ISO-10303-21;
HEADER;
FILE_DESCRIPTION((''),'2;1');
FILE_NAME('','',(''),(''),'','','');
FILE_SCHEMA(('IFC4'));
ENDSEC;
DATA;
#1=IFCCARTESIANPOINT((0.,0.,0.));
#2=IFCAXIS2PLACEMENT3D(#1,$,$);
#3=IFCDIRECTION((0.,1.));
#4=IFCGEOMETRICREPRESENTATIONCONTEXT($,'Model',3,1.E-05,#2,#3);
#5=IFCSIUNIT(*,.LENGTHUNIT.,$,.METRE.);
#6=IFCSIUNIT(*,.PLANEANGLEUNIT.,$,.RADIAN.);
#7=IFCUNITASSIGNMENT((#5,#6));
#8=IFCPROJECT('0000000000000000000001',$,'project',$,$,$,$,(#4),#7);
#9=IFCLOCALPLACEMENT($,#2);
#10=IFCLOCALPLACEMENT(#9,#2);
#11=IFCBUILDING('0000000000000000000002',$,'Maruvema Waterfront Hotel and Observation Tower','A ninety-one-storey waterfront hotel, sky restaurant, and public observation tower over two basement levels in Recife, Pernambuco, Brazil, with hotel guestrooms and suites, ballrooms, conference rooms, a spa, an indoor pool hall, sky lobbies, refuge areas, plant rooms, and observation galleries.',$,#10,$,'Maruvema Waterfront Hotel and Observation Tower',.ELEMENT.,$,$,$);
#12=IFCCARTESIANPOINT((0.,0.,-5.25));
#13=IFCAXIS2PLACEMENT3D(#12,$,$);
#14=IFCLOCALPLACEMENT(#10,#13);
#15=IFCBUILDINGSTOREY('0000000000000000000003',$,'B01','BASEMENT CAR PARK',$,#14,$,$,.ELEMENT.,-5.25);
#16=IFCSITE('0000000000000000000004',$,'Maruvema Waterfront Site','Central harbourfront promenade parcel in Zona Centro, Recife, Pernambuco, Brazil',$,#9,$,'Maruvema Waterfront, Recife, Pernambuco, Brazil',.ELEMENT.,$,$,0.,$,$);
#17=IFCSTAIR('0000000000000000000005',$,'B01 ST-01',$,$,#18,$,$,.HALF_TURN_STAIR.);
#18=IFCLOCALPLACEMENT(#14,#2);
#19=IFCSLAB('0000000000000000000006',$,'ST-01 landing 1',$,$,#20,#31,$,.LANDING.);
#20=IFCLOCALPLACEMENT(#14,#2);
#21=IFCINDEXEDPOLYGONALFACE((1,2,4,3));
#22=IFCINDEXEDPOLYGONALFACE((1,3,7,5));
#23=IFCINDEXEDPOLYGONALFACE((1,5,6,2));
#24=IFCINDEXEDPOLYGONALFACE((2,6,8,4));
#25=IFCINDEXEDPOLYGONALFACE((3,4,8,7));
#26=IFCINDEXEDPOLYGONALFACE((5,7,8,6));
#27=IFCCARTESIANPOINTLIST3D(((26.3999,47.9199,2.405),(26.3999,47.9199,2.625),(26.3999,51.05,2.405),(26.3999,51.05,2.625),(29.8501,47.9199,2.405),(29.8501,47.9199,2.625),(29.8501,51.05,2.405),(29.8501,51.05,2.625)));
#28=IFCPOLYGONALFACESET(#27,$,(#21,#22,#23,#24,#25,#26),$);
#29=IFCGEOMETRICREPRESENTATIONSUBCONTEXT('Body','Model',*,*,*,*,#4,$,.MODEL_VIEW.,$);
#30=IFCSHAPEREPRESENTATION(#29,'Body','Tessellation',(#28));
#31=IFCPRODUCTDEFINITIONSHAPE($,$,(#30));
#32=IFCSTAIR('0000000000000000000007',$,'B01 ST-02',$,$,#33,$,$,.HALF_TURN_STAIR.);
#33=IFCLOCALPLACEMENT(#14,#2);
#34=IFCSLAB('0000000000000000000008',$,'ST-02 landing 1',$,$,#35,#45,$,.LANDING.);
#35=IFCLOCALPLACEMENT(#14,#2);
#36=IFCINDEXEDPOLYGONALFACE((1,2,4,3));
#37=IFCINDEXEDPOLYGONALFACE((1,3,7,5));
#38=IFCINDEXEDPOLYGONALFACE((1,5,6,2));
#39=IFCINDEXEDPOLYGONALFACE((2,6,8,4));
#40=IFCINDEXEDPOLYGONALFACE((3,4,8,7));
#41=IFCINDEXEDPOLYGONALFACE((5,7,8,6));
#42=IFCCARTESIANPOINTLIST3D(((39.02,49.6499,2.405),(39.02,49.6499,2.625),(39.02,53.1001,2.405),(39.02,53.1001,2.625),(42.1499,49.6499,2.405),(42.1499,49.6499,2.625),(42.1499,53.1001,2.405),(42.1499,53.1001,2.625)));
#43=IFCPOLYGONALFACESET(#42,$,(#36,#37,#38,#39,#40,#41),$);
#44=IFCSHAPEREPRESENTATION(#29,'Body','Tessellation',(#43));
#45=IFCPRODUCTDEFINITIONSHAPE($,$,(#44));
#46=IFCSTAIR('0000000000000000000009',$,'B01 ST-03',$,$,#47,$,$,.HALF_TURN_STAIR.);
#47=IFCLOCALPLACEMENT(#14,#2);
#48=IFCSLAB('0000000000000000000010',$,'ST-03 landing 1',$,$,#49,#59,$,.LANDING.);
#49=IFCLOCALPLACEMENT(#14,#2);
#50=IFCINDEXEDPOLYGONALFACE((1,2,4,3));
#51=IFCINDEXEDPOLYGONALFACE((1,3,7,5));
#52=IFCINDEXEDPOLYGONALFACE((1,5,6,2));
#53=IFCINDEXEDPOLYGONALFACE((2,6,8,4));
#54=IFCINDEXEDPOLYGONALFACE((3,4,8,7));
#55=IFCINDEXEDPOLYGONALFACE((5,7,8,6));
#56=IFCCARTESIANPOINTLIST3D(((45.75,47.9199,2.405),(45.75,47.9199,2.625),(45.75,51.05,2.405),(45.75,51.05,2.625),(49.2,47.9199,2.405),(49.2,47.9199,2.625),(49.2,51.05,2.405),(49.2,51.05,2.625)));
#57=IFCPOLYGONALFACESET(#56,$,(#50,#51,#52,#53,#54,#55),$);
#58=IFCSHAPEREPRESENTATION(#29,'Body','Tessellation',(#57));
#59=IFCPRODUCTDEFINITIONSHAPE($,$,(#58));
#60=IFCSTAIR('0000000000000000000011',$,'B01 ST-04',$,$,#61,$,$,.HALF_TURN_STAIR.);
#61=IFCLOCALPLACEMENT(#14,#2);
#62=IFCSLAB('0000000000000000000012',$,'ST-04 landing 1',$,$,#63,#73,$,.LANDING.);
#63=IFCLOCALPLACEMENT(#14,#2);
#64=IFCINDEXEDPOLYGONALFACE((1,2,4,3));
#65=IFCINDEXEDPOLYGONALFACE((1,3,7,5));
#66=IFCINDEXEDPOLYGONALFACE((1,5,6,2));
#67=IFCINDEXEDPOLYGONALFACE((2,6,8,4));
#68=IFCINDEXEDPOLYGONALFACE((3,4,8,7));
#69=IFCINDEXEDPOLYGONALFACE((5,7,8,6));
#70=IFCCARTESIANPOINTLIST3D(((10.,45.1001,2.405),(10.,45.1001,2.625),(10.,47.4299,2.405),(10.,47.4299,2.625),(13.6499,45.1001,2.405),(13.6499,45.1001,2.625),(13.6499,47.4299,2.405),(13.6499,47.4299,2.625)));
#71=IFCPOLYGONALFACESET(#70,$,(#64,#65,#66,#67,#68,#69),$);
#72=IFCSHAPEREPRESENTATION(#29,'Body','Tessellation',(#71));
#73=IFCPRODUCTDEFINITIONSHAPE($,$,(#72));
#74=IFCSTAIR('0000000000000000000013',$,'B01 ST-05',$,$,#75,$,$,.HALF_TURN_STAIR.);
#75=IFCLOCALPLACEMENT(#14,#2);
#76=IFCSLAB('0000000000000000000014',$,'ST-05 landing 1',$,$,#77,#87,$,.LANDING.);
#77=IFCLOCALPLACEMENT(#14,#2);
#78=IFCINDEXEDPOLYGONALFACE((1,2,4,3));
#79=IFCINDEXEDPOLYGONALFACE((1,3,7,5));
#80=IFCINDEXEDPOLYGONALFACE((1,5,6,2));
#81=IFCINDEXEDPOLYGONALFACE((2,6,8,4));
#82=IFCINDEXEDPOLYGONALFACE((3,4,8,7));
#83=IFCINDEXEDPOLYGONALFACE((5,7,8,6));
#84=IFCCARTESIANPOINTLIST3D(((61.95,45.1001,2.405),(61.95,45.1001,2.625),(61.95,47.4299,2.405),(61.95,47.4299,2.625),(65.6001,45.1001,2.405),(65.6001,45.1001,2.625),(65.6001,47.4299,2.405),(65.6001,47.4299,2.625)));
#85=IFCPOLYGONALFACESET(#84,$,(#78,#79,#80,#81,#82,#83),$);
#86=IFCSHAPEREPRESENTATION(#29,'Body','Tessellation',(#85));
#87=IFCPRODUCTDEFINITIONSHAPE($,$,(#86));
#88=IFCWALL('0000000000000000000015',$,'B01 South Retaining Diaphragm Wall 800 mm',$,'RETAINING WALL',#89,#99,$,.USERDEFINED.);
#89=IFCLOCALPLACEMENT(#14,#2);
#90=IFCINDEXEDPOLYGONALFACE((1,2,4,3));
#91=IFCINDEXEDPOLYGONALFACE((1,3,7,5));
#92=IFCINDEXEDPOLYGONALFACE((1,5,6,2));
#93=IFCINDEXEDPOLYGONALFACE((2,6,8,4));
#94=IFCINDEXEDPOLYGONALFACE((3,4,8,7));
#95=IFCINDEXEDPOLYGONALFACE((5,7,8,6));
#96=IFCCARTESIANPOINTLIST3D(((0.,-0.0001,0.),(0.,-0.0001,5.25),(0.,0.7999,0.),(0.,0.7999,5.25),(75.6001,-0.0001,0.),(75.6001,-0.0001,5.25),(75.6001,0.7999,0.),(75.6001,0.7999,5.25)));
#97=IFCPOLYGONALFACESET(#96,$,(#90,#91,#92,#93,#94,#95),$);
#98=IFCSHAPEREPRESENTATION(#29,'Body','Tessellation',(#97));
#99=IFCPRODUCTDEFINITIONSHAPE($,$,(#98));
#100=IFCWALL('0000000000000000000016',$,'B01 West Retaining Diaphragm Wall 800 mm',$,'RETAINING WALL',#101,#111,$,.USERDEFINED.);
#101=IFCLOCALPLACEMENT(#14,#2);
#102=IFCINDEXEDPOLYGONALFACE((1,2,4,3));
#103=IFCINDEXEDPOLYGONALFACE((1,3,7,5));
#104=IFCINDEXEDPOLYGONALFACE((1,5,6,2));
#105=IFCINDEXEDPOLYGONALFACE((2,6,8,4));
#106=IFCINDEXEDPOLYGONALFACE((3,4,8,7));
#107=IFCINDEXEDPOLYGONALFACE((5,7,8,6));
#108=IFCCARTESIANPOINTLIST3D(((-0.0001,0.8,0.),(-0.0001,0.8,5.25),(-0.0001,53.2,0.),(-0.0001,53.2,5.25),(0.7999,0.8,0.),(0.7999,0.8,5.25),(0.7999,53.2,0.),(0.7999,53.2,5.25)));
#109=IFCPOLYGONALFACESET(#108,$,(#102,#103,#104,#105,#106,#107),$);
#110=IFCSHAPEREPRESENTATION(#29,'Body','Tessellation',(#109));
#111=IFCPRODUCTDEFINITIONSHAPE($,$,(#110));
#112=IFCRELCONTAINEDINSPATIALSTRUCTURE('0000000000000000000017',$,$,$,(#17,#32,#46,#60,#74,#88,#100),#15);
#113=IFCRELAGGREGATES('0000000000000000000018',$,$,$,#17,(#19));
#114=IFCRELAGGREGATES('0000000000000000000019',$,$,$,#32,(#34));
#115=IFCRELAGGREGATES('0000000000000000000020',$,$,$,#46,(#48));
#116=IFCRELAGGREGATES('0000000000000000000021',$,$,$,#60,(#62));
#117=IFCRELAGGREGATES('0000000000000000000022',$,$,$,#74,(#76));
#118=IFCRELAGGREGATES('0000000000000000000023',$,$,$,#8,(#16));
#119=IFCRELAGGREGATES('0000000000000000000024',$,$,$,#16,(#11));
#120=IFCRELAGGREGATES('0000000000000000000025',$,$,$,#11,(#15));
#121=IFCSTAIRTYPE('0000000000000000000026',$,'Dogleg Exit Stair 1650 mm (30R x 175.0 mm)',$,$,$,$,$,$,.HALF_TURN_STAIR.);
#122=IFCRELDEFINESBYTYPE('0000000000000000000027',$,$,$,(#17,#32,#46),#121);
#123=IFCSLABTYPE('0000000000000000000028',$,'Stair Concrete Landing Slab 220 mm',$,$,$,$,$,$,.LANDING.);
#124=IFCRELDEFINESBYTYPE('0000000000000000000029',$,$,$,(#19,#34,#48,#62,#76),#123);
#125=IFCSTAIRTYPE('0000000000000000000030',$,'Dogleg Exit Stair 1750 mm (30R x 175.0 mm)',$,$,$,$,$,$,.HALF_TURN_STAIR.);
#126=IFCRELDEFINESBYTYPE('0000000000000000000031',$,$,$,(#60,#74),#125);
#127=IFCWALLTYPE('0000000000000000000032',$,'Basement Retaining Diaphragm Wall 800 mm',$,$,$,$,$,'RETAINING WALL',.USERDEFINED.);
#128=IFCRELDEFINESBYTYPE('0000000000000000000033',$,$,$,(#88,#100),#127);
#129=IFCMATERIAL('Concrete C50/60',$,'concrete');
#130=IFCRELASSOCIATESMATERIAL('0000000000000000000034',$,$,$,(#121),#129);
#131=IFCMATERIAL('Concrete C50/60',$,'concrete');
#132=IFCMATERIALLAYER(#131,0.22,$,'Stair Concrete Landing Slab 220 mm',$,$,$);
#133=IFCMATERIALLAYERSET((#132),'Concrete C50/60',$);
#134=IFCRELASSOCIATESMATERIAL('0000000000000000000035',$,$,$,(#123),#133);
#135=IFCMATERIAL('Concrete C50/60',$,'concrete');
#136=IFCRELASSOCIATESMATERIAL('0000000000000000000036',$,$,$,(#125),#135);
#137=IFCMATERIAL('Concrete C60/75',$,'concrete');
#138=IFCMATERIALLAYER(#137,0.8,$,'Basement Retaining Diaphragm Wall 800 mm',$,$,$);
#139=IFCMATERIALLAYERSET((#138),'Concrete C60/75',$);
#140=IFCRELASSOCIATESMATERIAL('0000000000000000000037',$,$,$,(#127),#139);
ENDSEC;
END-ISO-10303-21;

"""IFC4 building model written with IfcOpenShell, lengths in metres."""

from ifc_helpers import new_model, si_unit, direction, frame, frame_2d, origin, place, context, subcontext, project, spatial, polyline, rectangle, outline, extrude, material, layer, layer_set, type_object, element, aggregate, save


model = new_model("IFC4")

# Units and contexts
model_context = context("Model", 3, precision=1e-05, world=origin(), true_north=direction((0.0, 1.0)))
body_context = subcontext(model_context, "Body", "Model", "MODEL_VIEW")
ifc_project = project(units=[si_unit("LENGTHUNIT", "METRE"), si_unit("PLANEANGLEUNIT", "RADIAN")], contexts=[model_context])

# Site, building, storey
site_placement = place(None, origin())
site = spatial("IfcSite", under=ifc_project, at=site_placement, Name="Maruvema Waterfront Site", Description="Central harbourfront promenade parcel in Zona Centro, Recife, Pernambuco, Brazil", LongName="Maruvema Waterfront, Recife, Pernambuco, Brazil", CompositionType="ELEMENT", RefElevation=0.0)
building_placement = place(site_placement, origin())
building = spatial("IfcBuilding", under=site, at=building_placement, Name="Maruvema Waterfront Hotel and Observation Tower", Description="A ninety-one-storey waterfront hotel, sky restaurant, and public observation tower over two basement levels in Recife, Pernambuco, Brazil, with hotel guestrooms and suites, ballrooms, conference rooms, a spa, an indoor pool hall, sky lobbies, refuge areas, plant rooms, and observation galleries.", LongName="Maruvema Waterfront Hotel and Observation Tower", CompositionType="ELEMENT")
storey_placement = place(building_placement, frame((0.0, 0.0, -5.25)))
storey = spatial("IfcBuildingStorey", under=building, at=storey_placement, Name="B01", Description="BASEMENT CAR PARK", CompositionType="ELEMENT", Elevation=-5.25)

# Stairs, slabs
ifc_material_1 = material(Name="Concrete C50/60", Category="concrete")
stair_type_1 = type_object("IfcStairType", Name="Dogleg Exit Stair 1650 mm (30R x 175.0 mm)", PredefinedType="HALF_TURN_STAIR", material=ifc_material_1)
stair_1_placement = place(storey_placement, origin())
stair_1 = element("IfcStair", 1, at=stair_1_placement, inside=storey, type_object=stair_type_1, Name="B01 ST-01", PredefinedType="HALF_TURN_STAIR")
ifc_material_2 = material(Name="Concrete C50/60", Category="concrete")
ifc_layer_1 = layer(ifc_material_2, 0.22, Name="Stair Concrete Landing Slab 220 mm")
ifc_layer_set_1 = layer_set([ifc_layer_1], Name="Concrete C50/60")
slab_type_1 = type_object("IfcSlabType", Name="Stair Concrete Landing Slab 220 mm", PredefinedType="LANDING", material=ifc_layer_set_1)
slab_1_placement = place(storey_placement, frame((0.0, 0.0, 2.405)))
slab_1 = element("IfcSlab", 2, at=slab_1_placement, type_object=slab_type_1, Name="ST-01 landing 1", PredefinedType="LANDING", context=body_context, shape_type="SweptSolid", body=[
    extrude(outline(polyline([(29.8501, 47.9199), (29.8501, 51.05), (26.3999, 51.05), (26.3999, 47.9199), (29.8501, 47.9199)])), origin(), (0.0, 0.0, 1.0), 0.22),
])
aggregate(stair_1, [slab_1])
stair_2_placement = place(storey_placement, origin())
stair_2 = element("IfcStair", 3, at=stair_2_placement, inside=storey, type_object=stair_type_1, Name="B01 ST-02", PredefinedType="HALF_TURN_STAIR")
slab_2_placement = place(storey_placement, frame((0.0, 0.0, 2.405)))
slab_2 = element("IfcSlab", 4, at=slab_2_placement, type_object=slab_type_1, Name="ST-02 landing 1", PredefinedType="LANDING", context=body_context, shape_type="SweptSolid", body=[
    extrude(outline(polyline([(39.02, 49.6499), (42.1499, 49.6499), (42.1499, 53.1001), (39.02, 53.1001), (39.02, 49.6499)])), origin(), (0.0, 0.0, 1.0), 0.22),
])
aggregate(stair_2, [slab_2])
stair_3_placement = place(storey_placement, origin())
stair_3 = element("IfcStair", 5, at=stair_3_placement, inside=storey, type_object=stair_type_1, Name="B01 ST-03", PredefinedType="HALF_TURN_STAIR")
slab_3_placement = place(storey_placement, frame((0.0, 0.0, 2.405)))
slab_3 = element("IfcSlab", 6, at=slab_3_placement, type_object=slab_type_1, Name="ST-03 landing 1", PredefinedType="LANDING", context=body_context, shape_type="SweptSolid", body=[
    extrude(outline(polyline([(49.2, 47.9199), (49.2, 51.05), (45.75, 51.05), (45.75, 47.9199), (49.2, 47.9199)])), origin(), (0.0, 0.0, 1.0), 0.22),
])
aggregate(stair_3, [slab_3])
ifc_material_3 = material(Name="Concrete C50/60", Category="concrete")
stair_type_2 = type_object("IfcStairType", Name="Dogleg Exit Stair 1750 mm (30R x 175.0 mm)", PredefinedType="HALF_TURN_STAIR", material=ifc_material_3)
stair_4_placement = place(storey_placement, origin())
stair_4 = element("IfcStair", 7, at=stair_4_placement, inside=storey, type_object=stair_type_2, Name="B01 ST-04", PredefinedType="HALF_TURN_STAIR")
slab_4_placement = place(storey_placement, frame((0.0, 0.0, 2.405)))
slab_4 = element("IfcSlab", 8, at=slab_4_placement, type_object=slab_type_1, Name="ST-04 landing 1", PredefinedType="LANDING", context=body_context, shape_type="SweptSolid", body=[
    extrude(outline(polyline([(10.0, 47.4299), (10.0, 45.1001), (13.6499, 45.1001), (13.6499, 47.4299), (10.0, 47.4299)])), origin(), (0.0, 0.0, 1.0), 0.22),
])
aggregate(stair_4, [slab_4])
stair_5_placement = place(storey_placement, origin())
stair_5 = element("IfcStair", 9, at=stair_5_placement, inside=storey, type_object=stair_type_2, Name="B01 ST-05", PredefinedType="HALF_TURN_STAIR")
slab_5_placement = place(storey_placement, frame((0.0, 0.0, 2.405)))
slab_5 = element("IfcSlab", 10, at=slab_5_placement, type_object=slab_type_1, Name="ST-05 landing 1", PredefinedType="LANDING", context=body_context, shape_type="SweptSolid", body=[
    extrude(outline(polyline([(61.95, 47.4299), (61.95, 45.1001), (65.6001, 45.1001), (65.6001, 47.4299), (61.95, 47.4299)])), origin(), (0.0, 0.0, 1.0), 0.22),
])
aggregate(stair_5, [slab_5])

# Walls
ifc_material_4 = material(Name="Concrete C60/75", Category="concrete")
ifc_layer_2 = layer(ifc_material_4, 0.8, Name="Basement Retaining Diaphragm Wall 800 mm")
ifc_layer_set_2 = layer_set([ifc_layer_2], Name="Concrete C60/75")
wall_type = type_object("IfcWallType", Name="Basement Retaining Diaphragm Wall 800 mm", ElementType="RETAINING WALL", PredefinedType="USERDEFINED", material=ifc_layer_set_2)
wall_1_placement = place(storey_placement, frame((0.0, 0.3999, 0.0), z_axis=(0.0, 0.0, 1.0), x_axis=(1.0, 0.0, 0.0)))
element("IfcWall", 11, at=wall_1_placement, inside=storey, type_object=wall_type, Name="B01 South Retaining Diaphragm Wall 800 mm", ObjectType="RETAINING WALL", PredefinedType="USERDEFINED", context=body_context, shape_type="SweptSolid", body=[
    extrude(rectangle(XDim=75.6001, YDim=0.8, at=frame_2d((37.8, 0.0))), origin(), (0.0, 0.0, 1.0), 5.25),
])
wall_2_placement = place(storey_placement, frame((0.3999, 0.8, 0.0), z_axis=(0.0, 0.0, 1.0), x_axis=(0.0, 1.0, 0.0)))
element("IfcWall", 12, at=wall_2_placement, inside=storey, type_object=wall_type, Name="B01 West Retaining Diaphragm Wall 800 mm", ObjectType="RETAINING WALL", PredefinedType="USERDEFINED", context=body_context, shape_type="SweptSolid", body=[
    extrude(rectangle(XDim=52.3999, YDim=0.8, at=frame_2d((26.2, 0.0))), origin(), (0.0, 0.0, 1.0), 5.25),
])

save(model, "model.ifc")
